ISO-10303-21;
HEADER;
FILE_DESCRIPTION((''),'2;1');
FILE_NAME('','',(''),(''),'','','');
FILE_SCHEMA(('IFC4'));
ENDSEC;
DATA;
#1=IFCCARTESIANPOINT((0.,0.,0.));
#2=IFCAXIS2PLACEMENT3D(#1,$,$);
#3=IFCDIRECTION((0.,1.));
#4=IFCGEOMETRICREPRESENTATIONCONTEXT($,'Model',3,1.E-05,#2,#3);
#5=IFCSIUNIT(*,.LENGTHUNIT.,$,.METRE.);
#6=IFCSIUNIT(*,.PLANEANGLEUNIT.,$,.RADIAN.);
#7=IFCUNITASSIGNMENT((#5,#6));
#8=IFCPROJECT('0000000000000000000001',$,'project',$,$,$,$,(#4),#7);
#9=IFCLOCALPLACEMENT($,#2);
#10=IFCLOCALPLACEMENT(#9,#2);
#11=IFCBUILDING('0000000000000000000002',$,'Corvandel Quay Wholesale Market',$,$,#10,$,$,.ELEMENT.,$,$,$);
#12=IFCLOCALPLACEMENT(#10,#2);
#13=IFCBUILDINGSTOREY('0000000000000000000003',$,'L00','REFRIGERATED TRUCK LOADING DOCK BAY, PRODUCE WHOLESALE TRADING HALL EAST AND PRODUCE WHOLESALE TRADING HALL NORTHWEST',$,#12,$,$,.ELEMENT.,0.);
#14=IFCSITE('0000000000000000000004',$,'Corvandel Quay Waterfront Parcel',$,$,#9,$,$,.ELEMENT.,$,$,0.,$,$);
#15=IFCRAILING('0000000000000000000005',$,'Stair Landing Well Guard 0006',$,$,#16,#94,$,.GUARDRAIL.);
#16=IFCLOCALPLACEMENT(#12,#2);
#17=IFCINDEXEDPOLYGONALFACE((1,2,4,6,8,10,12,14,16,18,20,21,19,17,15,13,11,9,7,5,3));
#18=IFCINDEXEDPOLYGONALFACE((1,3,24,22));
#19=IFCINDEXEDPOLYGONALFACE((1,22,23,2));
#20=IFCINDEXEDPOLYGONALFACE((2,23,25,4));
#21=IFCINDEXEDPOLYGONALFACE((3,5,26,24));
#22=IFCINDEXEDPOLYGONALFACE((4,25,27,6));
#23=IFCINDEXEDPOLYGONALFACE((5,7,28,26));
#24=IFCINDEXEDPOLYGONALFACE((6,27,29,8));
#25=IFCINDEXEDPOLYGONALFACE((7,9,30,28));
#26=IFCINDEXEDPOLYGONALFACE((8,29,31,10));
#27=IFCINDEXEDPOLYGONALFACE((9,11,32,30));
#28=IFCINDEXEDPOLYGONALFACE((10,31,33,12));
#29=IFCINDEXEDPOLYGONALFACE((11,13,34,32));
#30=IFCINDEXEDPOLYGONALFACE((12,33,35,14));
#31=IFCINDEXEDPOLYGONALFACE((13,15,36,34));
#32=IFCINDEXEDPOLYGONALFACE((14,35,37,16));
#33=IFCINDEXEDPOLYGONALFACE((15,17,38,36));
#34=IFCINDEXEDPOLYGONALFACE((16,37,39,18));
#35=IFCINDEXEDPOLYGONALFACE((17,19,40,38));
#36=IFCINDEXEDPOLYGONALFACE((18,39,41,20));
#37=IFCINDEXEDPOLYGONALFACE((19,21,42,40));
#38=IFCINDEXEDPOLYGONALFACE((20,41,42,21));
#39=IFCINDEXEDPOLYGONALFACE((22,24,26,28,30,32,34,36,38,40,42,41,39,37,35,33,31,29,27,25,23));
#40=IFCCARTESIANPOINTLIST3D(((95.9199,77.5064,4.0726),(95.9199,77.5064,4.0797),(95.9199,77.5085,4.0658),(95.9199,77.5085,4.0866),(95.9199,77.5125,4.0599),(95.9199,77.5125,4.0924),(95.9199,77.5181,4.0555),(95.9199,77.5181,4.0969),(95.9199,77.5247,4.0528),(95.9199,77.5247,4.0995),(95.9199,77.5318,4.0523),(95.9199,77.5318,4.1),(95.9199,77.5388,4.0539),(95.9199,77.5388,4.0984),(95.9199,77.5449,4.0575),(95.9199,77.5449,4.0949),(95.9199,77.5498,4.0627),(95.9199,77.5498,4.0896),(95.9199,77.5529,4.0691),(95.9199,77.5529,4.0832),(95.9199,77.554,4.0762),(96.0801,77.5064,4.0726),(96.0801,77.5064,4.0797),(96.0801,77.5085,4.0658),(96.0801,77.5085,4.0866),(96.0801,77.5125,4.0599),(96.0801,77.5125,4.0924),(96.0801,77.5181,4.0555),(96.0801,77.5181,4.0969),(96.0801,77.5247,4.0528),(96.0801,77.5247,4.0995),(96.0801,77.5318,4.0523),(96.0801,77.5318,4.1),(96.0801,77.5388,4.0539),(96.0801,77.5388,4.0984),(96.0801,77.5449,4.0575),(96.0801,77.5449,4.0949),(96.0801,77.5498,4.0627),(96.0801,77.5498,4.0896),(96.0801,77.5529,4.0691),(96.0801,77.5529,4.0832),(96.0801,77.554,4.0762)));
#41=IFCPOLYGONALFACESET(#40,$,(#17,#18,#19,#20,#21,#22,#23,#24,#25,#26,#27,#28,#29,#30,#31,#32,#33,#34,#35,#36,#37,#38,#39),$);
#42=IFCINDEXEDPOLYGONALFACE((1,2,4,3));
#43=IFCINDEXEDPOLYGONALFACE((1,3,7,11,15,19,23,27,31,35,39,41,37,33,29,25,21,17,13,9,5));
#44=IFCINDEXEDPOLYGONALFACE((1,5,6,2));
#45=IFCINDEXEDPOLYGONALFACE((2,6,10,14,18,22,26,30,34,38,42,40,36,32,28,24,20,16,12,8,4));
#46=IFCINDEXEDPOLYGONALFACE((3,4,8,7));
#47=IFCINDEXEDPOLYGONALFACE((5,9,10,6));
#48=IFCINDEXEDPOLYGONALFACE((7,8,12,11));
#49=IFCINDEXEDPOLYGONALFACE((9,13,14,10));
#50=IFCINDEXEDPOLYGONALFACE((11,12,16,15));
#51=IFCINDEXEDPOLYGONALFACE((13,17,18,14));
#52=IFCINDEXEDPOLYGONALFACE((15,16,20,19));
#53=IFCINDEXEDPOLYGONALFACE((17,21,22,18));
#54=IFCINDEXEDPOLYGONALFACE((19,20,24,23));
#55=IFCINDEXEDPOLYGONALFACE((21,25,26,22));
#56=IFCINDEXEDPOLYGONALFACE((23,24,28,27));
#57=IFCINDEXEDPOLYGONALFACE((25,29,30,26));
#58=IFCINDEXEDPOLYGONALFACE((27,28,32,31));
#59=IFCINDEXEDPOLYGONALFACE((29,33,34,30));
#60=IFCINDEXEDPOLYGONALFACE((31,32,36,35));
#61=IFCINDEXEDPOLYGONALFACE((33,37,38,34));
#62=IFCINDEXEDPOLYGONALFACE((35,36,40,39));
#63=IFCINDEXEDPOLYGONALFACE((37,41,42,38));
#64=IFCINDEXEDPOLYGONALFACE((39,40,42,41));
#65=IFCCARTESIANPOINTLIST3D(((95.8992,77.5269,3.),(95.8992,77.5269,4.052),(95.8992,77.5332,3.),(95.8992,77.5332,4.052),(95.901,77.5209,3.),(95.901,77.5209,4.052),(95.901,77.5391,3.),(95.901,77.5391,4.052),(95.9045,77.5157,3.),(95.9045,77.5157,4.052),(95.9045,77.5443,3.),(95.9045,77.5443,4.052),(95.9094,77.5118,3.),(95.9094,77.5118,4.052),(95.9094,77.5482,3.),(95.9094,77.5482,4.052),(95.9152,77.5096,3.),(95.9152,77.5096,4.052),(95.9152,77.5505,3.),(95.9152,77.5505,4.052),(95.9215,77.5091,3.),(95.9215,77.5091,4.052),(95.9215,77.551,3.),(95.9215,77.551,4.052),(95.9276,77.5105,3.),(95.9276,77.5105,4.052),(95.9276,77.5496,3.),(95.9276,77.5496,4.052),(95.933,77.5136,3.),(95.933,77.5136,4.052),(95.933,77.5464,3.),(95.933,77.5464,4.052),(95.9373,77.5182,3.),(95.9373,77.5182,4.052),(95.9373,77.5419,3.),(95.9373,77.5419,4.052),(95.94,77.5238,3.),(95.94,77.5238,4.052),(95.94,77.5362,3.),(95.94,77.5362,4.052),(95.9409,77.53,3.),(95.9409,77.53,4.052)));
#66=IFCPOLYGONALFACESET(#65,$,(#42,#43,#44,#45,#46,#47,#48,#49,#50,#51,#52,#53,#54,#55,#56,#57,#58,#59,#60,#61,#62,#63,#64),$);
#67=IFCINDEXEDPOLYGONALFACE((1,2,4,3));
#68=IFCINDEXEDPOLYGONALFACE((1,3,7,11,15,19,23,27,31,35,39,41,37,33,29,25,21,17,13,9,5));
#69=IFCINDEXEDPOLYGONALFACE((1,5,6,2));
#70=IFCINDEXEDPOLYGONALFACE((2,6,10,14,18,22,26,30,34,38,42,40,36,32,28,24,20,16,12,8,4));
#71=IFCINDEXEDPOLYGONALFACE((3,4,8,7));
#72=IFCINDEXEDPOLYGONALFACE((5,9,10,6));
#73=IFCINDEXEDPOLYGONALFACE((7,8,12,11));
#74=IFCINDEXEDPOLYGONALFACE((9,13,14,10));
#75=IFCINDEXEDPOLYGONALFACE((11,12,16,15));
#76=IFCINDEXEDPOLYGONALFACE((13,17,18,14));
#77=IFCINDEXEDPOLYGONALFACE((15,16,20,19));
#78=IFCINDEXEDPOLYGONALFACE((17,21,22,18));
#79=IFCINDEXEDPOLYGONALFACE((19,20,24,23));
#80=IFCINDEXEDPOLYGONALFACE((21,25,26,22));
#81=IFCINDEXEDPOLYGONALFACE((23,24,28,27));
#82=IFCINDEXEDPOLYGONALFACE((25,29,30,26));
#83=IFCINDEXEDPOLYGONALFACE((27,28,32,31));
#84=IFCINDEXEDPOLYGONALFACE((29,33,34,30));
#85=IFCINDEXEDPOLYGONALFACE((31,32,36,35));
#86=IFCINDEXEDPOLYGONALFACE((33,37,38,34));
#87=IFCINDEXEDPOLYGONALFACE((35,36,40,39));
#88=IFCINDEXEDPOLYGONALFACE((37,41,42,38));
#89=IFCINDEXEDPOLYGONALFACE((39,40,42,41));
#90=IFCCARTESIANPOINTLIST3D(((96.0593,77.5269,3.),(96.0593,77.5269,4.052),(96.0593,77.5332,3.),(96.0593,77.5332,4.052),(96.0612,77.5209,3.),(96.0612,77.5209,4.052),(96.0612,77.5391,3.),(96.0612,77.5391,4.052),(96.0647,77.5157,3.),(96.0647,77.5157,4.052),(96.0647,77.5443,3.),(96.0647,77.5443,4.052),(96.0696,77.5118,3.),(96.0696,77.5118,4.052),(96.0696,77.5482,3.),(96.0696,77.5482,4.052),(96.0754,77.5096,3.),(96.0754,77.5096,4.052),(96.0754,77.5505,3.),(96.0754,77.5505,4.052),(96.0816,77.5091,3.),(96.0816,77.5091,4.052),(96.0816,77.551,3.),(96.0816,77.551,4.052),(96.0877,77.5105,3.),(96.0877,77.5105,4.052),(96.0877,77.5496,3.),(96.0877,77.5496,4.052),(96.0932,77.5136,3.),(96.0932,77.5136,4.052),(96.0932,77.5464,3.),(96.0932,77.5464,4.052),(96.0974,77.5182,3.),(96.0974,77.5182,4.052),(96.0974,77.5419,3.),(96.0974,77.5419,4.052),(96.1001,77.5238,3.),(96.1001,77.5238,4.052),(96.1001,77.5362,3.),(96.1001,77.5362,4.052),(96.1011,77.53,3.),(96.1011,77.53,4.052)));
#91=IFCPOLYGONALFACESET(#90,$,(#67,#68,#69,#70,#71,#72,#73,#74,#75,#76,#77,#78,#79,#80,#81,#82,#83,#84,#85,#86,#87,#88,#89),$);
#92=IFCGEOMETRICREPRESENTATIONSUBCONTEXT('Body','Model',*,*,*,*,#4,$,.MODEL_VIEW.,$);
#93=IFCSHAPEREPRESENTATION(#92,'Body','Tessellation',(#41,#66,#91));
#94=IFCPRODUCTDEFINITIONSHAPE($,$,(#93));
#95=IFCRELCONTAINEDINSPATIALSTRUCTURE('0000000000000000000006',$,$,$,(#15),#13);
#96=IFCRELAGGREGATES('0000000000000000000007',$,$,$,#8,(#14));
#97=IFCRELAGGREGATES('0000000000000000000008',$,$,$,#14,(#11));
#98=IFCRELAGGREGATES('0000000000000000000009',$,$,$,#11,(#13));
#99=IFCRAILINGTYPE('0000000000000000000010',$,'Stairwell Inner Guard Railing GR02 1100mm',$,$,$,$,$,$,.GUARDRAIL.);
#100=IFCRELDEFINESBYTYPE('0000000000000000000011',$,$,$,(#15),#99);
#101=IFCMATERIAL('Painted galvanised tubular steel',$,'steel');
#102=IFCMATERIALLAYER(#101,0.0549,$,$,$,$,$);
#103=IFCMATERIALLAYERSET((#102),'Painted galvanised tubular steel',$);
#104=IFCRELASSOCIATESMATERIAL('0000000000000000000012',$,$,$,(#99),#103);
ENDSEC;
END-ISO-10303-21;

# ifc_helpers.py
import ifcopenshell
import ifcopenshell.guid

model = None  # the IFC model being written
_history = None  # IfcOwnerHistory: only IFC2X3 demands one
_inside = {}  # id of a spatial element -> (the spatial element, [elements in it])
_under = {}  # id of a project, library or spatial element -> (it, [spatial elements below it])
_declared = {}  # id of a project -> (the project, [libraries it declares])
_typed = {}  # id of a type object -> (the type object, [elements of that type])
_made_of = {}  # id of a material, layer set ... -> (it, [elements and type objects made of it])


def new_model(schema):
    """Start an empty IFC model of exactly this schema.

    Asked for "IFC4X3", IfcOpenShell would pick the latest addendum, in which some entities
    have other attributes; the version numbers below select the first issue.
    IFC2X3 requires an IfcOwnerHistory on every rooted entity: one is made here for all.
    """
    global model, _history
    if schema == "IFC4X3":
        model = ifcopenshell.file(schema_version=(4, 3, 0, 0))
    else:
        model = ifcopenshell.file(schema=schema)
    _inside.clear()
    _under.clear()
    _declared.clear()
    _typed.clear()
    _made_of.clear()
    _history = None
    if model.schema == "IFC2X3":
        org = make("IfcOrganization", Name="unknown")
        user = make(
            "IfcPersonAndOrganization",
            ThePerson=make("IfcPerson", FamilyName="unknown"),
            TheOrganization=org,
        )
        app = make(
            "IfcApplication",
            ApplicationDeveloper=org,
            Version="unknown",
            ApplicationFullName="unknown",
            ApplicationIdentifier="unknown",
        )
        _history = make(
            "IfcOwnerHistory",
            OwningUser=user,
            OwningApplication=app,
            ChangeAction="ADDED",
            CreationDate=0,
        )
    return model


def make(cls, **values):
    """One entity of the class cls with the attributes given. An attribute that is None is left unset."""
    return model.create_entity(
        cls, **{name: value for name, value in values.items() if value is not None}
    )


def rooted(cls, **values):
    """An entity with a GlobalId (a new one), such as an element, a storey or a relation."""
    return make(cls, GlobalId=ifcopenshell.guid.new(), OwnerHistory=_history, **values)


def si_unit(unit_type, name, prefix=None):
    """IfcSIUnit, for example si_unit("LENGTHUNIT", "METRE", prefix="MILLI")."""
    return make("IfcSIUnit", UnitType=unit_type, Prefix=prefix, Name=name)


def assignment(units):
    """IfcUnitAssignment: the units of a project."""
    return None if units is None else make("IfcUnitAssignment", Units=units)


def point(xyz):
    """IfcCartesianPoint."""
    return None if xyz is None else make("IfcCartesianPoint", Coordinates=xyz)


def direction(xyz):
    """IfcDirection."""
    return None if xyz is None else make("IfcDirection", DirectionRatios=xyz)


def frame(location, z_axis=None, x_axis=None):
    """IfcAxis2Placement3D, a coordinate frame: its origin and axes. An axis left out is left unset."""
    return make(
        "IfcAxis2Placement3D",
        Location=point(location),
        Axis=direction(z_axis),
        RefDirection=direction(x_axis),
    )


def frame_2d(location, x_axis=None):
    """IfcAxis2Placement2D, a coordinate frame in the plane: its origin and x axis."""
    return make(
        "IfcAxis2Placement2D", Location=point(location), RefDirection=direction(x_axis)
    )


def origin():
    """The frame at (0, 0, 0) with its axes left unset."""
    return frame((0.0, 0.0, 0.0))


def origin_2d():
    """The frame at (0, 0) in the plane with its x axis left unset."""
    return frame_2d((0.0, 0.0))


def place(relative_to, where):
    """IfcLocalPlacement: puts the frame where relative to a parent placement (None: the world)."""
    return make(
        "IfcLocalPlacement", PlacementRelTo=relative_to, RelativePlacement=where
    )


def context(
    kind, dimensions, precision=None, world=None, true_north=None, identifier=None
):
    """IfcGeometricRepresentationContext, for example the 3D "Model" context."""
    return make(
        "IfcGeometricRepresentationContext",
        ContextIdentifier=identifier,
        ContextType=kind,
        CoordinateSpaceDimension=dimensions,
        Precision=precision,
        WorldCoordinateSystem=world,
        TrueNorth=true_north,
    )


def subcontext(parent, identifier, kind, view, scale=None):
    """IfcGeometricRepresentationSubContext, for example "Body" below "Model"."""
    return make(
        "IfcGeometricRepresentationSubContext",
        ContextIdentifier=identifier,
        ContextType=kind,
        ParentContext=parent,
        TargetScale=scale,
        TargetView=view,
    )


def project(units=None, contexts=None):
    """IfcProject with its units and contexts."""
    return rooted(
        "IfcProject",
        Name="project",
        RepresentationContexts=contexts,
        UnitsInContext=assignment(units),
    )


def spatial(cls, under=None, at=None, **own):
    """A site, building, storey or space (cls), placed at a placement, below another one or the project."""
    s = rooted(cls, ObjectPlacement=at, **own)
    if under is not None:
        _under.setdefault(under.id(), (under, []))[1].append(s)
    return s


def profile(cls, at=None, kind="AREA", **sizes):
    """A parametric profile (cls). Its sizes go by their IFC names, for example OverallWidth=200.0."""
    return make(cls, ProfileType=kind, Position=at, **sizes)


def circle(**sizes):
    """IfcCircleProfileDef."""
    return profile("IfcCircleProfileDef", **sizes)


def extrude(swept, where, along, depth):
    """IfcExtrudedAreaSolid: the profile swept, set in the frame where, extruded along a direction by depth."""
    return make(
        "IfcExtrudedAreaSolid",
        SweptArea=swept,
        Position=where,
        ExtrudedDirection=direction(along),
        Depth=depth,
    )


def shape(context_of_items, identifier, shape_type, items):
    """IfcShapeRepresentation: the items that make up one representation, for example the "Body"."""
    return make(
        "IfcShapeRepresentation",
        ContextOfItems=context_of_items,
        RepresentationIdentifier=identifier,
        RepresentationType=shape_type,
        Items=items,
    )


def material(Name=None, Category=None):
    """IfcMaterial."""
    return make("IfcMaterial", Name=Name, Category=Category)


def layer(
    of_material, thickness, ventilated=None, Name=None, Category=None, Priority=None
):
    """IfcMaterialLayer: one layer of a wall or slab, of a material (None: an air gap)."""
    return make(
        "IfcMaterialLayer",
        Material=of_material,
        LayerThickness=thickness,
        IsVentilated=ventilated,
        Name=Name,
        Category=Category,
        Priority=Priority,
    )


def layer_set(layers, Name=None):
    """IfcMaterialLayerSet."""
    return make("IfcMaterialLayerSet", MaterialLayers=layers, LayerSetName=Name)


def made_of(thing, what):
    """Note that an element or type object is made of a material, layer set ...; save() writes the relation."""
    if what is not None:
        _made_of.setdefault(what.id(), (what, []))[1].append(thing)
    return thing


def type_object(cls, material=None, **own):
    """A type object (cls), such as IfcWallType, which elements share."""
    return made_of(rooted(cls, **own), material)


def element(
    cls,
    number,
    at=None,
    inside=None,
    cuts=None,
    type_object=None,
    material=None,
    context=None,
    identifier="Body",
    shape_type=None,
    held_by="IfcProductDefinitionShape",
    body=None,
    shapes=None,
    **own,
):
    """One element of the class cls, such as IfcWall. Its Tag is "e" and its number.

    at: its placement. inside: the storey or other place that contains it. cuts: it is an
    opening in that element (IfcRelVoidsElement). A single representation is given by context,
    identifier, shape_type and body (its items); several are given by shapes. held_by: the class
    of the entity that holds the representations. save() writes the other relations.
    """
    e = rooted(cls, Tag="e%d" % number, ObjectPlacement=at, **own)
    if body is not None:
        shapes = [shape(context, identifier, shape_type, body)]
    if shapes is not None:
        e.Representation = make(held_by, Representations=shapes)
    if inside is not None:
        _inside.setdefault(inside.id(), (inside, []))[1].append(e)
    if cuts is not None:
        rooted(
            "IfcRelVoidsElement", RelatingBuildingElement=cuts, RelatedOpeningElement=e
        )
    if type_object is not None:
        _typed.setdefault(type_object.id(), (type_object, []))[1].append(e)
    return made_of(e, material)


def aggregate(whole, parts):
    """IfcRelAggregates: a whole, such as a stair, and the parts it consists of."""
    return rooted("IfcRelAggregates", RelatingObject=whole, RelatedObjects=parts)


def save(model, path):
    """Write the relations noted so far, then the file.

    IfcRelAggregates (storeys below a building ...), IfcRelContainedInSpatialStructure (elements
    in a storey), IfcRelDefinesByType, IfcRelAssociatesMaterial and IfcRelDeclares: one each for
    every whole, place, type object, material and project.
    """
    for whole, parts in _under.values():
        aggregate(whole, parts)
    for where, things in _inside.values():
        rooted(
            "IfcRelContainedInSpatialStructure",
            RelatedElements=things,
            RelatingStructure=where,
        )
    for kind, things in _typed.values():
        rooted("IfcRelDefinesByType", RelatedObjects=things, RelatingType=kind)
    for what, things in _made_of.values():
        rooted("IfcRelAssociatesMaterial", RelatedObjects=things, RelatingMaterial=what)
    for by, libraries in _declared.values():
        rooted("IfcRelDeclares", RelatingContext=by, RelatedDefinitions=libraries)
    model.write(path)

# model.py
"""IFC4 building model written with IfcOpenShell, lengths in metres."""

from ifc_helpers import new_model, si_unit, direction, frame, origin, origin_2d, place, context, subcontext, project, spatial, circle, extrude, material, layer, layer_set, type_object, element, save


model = new_model("IFC4")

# Units and contexts
model_context = context("Model", 3, precision=1e-05, world=origin(), true_north=direction((0.0, 1.0)))
body_context = subcontext(model_context, "Body", "Model", "MODEL_VIEW")
ifc_project = project(units=[si_unit("LENGTHUNIT", "METRE"), si_unit("PLANEANGLEUNIT", "RADIAN")], contexts=[model_context])

# Site, building, storey
site_placement = place(None, origin())
site = spatial("IfcSite", under=ifc_project, at=site_placement, Name="Corvandel Quay Waterfront Parcel", CompositionType="ELEMENT", RefElevation=0.0)
building_placement = place(site_placement, origin())
building = spatial("IfcBuilding", under=site, at=building_placement, Name="Corvandel Quay Wholesale Market", CompositionType="ELEMENT")
storey_placement = place(building_placement, origin())
storey = spatial("IfcBuildingStorey", under=building, at=storey_placement, Name="L00", Description="REFRIGERATED TRUCK LOADING DOCK BAY, PRODUCE WHOLESALE TRADING HALL EAST AND PRODUCE WHOLESALE TRADING HALL NORTHWEST", CompositionType="ELEMENT", Elevation=0.0)

# Railing
ifc_material_1 = material(Name="Painted galvanised tubular steel", Category="steel")
ifc_layer_1 = layer(ifc_material_1, 0.0549)
ifc_layer_set_1 = layer_set([ifc_layer_1], Name="Painted galvanised tubular steel")
railing_type_1 = type_object("IfcRailingType", Name="Stairwell Inner Guard Railing GR02 1100mm", PredefinedType="GUARDRAIL", material=ifc_layer_set_1)
railing_placement = place(storey_placement, frame((95.9199, 77.53, 3.0)))
element("IfcRailing", 1, at=railing_placement, inside=storey, type_object=railing_type_1, Name="Stair Landing Well Guard 0006", PredefinedType="GUARDRAIL", context=body_context, shape_type="SweptSolid", body=[
    extrude(circle(Radius=0.0239, at=origin_2d()), frame((0.0, 0.0, 1.0762), z_axis=(1.0, 0.0, 0.0), x_axis=(0.0, 1.0, 0.0)), (0.0, 0.0, 1.0), 0.1602),
    extrude(circle(Radius=0.021, at=origin_2d()), origin(), (0.0, 0.0, 1.0), 1.052),
    extrude(circle(Radius=0.021, at=origin_2d()), frame((0.1602, 0.0, 0.0)), (0.0, 0.0, 1.0), 1.052),
])

save(model, "model.ifc")
